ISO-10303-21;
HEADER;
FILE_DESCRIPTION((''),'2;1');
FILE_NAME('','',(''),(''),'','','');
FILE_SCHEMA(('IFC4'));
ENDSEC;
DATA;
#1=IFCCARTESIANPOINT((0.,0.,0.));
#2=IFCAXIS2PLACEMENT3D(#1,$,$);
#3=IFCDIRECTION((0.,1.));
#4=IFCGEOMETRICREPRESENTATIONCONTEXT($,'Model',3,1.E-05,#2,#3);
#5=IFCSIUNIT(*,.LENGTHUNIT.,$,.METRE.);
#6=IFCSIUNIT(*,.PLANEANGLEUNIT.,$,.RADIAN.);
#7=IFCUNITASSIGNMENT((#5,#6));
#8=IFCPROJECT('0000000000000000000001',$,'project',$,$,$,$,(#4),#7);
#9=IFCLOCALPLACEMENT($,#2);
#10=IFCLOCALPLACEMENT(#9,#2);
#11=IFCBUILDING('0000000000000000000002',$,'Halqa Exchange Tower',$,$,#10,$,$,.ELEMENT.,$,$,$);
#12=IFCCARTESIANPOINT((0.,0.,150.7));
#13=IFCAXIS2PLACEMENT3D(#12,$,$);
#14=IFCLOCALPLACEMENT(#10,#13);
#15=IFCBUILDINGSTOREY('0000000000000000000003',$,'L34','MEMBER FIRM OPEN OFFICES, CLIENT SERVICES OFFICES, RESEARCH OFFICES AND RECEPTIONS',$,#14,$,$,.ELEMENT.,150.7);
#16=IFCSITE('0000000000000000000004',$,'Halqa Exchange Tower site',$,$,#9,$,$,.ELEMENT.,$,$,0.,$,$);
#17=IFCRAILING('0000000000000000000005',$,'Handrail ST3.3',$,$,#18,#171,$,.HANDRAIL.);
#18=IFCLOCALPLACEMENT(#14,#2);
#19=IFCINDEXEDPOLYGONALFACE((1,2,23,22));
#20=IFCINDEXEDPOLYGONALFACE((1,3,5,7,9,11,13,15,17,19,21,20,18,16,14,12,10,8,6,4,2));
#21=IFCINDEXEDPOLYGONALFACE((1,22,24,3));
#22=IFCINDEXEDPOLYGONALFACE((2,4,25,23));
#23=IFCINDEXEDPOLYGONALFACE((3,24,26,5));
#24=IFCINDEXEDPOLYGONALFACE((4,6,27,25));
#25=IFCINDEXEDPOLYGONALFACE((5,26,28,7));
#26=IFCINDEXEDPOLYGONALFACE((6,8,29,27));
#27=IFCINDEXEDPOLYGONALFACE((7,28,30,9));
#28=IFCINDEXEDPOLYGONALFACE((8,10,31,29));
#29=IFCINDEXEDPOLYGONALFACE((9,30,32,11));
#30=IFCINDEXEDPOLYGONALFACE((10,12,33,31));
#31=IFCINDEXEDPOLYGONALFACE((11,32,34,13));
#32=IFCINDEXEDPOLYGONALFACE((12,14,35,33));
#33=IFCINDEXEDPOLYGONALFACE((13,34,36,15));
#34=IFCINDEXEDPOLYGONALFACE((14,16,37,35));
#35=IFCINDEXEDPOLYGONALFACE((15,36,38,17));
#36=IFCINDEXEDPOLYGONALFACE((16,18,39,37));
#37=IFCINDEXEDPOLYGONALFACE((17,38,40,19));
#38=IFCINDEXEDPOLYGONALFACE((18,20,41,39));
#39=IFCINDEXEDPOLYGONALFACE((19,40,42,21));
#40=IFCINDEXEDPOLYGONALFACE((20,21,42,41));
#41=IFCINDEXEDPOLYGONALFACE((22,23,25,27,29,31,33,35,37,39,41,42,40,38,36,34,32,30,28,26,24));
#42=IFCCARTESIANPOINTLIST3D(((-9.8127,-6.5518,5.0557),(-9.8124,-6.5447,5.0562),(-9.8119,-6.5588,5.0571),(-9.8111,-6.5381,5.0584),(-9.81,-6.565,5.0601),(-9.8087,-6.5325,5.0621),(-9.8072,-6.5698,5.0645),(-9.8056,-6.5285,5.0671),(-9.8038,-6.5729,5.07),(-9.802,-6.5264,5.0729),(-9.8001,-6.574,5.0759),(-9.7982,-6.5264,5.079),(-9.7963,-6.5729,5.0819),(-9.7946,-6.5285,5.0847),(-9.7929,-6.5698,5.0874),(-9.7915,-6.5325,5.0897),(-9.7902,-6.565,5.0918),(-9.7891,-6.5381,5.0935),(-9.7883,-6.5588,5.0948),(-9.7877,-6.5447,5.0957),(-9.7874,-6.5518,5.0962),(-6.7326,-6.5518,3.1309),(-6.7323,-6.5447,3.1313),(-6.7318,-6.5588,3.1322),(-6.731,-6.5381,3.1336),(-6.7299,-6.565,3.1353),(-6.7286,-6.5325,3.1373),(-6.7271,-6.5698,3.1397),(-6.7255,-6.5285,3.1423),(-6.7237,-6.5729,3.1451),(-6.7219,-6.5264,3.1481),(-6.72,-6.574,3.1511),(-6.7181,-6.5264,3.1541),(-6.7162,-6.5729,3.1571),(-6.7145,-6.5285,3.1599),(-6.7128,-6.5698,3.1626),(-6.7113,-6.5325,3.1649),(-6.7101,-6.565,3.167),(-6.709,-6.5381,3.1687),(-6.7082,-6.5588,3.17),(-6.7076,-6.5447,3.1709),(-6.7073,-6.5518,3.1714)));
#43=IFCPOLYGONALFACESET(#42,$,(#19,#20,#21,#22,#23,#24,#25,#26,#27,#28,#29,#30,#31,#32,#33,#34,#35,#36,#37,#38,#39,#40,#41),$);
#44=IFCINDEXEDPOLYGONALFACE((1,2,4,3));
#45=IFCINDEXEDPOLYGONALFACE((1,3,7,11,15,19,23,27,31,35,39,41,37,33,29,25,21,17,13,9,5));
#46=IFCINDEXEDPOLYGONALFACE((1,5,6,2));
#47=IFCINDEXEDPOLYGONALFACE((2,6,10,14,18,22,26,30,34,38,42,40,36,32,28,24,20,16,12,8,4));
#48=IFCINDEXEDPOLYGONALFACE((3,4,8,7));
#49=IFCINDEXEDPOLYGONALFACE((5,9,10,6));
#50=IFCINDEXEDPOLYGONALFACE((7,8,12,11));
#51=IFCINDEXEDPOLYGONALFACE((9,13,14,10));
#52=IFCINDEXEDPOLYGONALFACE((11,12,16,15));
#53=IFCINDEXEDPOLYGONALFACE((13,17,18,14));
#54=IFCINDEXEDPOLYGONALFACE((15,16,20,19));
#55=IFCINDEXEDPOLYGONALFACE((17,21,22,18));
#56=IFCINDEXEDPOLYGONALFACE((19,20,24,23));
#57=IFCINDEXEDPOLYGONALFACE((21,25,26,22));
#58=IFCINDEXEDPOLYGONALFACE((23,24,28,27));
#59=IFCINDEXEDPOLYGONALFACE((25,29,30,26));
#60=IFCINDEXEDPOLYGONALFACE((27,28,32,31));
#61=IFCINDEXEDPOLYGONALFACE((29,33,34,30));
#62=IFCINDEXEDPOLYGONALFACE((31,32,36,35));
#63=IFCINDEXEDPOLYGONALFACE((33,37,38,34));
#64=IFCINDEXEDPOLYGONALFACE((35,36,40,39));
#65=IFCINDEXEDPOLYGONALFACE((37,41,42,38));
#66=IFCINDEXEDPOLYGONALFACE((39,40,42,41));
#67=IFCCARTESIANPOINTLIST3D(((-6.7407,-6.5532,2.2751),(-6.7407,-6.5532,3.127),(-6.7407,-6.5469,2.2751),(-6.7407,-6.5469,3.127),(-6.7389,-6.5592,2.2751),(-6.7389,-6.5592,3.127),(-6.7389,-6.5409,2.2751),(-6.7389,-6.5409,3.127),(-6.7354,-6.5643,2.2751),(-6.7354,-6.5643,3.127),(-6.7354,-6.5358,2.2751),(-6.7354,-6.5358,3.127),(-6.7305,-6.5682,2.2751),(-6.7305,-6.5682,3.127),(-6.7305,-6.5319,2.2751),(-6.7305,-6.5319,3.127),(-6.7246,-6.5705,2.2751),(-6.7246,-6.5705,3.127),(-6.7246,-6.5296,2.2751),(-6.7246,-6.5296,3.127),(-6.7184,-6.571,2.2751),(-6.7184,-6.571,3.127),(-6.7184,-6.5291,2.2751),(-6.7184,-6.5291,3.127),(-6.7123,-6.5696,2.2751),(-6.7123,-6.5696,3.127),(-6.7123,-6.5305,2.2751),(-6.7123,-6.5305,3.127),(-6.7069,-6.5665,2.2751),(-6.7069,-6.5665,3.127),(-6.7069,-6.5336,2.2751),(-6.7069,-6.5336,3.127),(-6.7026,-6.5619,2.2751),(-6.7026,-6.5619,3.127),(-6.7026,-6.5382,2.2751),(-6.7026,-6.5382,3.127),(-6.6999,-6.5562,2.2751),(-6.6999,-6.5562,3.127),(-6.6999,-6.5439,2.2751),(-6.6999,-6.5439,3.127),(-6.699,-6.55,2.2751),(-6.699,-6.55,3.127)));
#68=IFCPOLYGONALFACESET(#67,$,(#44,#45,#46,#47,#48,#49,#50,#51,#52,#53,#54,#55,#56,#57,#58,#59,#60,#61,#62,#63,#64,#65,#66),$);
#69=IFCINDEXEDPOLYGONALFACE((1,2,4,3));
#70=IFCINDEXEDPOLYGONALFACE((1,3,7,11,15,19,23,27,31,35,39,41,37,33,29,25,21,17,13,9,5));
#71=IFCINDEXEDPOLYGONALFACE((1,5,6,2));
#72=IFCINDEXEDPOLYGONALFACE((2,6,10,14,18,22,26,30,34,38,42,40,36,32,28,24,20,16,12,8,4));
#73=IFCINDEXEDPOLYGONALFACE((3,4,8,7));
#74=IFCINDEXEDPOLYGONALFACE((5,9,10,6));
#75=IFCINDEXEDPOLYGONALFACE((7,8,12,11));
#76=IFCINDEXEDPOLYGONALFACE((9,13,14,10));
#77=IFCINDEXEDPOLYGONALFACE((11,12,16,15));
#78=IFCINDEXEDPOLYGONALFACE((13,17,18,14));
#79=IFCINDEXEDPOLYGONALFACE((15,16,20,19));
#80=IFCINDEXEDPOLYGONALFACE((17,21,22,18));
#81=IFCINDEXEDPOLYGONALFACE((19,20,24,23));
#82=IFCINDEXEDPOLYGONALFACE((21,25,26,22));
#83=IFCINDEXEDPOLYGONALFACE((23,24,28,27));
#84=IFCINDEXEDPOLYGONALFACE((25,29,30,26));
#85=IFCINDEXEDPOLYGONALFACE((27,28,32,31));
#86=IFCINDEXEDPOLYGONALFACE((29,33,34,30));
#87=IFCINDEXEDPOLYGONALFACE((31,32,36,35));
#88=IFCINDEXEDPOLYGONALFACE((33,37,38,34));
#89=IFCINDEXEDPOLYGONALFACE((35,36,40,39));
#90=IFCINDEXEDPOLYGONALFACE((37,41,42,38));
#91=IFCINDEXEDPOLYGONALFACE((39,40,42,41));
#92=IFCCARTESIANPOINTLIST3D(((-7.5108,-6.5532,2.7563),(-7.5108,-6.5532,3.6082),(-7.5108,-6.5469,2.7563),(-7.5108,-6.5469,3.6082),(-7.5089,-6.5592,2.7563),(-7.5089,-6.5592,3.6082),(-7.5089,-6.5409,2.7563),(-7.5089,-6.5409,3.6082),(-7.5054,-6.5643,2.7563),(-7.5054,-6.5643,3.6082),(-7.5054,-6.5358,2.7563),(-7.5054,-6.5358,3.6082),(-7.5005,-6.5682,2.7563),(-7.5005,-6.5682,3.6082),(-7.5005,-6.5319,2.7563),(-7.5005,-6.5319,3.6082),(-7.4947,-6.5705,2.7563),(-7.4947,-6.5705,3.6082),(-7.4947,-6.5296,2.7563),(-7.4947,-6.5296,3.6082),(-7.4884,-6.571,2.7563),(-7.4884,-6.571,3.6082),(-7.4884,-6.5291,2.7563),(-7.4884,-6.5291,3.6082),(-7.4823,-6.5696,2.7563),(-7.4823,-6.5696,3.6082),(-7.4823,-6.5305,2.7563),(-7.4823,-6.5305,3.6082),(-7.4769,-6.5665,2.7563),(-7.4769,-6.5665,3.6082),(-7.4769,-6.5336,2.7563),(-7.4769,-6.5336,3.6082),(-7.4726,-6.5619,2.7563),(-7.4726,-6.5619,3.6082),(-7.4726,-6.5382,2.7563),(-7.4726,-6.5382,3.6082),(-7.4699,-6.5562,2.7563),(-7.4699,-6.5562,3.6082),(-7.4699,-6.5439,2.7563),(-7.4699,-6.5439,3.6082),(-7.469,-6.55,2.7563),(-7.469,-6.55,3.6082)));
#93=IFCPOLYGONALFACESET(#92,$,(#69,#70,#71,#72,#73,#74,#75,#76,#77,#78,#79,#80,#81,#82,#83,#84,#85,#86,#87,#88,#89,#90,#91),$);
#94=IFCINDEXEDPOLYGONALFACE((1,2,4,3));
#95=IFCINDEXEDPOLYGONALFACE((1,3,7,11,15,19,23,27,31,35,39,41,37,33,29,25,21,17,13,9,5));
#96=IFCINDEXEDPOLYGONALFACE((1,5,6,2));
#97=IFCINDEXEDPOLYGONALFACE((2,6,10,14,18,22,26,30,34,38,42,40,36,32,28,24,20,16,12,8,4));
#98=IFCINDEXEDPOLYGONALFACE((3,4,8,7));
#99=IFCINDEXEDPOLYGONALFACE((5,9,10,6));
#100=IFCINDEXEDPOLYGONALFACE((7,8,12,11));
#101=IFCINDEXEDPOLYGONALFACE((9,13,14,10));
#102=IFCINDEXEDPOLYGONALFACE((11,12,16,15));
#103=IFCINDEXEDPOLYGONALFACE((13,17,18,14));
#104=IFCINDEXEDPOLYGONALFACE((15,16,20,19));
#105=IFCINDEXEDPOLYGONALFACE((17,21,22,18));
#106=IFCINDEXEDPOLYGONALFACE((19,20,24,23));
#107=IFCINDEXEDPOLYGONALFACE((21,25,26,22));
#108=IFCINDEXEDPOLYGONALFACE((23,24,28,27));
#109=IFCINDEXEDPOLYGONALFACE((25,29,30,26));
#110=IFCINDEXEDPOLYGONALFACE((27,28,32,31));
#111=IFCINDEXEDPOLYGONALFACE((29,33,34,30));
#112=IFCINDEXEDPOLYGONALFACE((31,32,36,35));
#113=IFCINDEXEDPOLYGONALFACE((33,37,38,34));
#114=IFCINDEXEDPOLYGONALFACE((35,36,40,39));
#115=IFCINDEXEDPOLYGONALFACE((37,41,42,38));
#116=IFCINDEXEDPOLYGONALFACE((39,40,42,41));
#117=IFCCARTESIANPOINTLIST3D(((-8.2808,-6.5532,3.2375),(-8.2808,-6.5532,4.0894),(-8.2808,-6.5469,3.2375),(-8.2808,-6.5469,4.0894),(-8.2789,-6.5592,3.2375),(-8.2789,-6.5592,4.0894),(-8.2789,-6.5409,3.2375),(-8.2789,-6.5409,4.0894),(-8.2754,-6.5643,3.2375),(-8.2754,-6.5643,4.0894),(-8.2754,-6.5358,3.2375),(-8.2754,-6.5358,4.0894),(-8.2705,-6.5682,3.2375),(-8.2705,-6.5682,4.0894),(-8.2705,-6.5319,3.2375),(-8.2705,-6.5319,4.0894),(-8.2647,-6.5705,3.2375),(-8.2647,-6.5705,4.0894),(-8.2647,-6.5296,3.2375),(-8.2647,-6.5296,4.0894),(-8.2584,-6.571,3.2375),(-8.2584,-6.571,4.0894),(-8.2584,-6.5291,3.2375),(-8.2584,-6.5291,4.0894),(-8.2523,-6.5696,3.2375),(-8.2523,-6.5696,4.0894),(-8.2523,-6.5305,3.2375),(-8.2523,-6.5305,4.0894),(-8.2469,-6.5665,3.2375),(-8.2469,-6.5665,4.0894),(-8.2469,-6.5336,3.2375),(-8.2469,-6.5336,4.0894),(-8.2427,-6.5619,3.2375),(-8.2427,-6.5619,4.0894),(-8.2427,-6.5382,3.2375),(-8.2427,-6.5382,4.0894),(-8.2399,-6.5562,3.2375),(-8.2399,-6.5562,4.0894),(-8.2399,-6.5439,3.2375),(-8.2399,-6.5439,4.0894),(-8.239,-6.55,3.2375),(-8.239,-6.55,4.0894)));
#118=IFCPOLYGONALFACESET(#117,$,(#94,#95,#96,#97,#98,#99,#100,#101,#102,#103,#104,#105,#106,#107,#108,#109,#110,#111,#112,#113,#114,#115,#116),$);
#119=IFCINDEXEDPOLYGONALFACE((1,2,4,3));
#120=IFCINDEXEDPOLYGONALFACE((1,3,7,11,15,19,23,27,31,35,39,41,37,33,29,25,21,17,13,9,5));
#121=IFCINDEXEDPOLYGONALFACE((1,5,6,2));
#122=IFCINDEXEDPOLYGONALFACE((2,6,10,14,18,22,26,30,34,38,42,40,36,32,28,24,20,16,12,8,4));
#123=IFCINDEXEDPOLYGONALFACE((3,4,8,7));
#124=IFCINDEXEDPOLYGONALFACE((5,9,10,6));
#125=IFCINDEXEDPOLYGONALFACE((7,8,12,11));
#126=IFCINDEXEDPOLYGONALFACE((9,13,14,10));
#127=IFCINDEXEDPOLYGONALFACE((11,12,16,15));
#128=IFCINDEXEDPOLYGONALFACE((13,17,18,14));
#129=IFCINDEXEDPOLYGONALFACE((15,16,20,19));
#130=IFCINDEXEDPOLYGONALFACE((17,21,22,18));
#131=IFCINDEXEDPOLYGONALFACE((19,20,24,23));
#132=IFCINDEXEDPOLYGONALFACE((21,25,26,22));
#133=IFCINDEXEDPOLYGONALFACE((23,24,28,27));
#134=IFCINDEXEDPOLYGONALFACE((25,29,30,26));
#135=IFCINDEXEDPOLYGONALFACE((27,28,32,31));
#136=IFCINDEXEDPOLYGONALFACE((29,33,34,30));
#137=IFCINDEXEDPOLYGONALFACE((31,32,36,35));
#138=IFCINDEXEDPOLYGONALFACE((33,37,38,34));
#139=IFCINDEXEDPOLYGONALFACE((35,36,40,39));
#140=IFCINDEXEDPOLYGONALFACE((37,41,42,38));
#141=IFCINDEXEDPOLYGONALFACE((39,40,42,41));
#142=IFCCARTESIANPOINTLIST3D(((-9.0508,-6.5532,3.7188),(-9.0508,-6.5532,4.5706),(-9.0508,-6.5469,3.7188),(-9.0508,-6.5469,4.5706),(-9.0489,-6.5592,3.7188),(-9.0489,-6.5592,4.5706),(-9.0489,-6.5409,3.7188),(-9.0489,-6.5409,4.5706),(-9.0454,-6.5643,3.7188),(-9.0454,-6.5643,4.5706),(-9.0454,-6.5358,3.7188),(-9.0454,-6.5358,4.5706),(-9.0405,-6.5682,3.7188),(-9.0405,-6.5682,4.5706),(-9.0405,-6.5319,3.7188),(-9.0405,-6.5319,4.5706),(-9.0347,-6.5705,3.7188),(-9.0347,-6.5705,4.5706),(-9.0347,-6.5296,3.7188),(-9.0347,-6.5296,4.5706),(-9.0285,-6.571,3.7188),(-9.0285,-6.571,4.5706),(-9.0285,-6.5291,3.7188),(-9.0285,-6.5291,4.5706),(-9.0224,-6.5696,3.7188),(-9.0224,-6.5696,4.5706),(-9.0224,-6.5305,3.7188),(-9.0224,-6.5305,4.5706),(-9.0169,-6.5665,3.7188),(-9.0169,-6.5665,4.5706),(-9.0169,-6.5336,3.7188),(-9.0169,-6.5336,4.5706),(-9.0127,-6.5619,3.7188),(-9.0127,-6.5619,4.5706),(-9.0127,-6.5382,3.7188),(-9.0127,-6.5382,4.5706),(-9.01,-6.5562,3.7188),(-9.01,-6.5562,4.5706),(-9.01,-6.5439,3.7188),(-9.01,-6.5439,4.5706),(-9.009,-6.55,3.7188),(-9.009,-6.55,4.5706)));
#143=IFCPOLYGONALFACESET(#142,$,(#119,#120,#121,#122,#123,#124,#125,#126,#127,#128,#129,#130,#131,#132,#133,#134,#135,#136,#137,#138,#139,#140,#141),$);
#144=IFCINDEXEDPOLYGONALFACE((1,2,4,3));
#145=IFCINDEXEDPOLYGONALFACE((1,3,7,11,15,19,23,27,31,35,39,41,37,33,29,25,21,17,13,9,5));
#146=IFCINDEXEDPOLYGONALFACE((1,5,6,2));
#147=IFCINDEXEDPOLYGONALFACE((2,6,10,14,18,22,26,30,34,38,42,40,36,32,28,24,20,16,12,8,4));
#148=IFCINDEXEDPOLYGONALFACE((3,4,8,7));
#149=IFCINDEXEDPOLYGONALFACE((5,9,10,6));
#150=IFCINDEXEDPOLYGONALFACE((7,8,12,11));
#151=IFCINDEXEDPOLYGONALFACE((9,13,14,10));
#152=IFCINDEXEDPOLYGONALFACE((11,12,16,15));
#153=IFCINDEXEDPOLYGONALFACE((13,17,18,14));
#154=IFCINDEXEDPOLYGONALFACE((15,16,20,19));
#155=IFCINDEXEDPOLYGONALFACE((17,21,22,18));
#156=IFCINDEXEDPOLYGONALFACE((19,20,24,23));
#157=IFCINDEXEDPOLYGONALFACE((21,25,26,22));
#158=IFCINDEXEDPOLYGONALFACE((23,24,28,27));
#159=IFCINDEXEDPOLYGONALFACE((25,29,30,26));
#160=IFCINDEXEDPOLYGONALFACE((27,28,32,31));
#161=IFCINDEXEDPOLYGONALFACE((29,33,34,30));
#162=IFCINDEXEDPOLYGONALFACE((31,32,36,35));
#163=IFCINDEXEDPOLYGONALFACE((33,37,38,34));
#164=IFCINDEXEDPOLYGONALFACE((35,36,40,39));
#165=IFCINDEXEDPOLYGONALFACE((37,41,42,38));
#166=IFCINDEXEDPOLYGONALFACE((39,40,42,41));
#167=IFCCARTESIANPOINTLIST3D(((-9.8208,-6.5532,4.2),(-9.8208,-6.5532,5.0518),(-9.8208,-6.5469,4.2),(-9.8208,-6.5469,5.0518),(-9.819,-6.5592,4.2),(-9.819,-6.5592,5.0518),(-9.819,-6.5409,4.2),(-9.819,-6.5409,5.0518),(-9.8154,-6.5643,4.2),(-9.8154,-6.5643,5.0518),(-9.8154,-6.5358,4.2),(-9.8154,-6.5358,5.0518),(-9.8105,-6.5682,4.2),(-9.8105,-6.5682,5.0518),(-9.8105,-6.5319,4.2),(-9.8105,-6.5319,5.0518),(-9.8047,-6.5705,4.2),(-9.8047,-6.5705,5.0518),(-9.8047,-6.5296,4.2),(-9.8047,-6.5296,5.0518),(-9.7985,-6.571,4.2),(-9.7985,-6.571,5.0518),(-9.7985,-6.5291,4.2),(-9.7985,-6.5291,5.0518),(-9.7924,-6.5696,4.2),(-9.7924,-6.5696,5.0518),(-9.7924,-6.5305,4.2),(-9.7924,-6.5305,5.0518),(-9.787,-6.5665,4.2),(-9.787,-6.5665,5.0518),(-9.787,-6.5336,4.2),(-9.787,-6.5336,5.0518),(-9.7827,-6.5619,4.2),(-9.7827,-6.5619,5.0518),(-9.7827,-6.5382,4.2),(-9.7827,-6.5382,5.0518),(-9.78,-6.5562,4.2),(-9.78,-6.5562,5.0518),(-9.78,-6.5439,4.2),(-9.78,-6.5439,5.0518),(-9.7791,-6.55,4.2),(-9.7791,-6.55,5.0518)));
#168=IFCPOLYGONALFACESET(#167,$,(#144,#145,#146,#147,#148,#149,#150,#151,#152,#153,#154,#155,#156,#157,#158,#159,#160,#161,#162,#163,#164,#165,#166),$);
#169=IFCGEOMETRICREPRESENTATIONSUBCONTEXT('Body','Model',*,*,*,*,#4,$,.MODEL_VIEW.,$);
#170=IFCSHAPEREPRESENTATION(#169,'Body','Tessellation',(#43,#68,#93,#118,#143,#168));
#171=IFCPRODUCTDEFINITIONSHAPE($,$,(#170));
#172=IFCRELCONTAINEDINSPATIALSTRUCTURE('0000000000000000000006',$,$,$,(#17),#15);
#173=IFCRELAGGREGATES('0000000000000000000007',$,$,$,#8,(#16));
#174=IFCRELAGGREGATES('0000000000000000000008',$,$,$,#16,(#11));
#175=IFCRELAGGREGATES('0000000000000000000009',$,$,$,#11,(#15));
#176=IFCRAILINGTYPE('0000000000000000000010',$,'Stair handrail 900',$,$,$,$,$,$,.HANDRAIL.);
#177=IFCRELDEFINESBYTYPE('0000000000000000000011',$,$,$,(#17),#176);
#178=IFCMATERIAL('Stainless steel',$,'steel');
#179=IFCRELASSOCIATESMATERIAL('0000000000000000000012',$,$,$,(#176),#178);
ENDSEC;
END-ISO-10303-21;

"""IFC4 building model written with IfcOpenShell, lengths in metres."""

from ifc_helpers import new_model, si_unit, direction, frame, origin, origin_2d, place, context, subcontext, project, spatial, circle, extrude, material, type_object, element, save


model = new_model("IFC4")

# Units and contexts
model_context = context("Model", 3, precision=1e-05, world=origin(), true_north=direction((0.0, 1.0)))
body_context = subcontext(model_context, "Body", "Model", "MODEL_VIEW")
ifc_project = project(units=[si_unit("LENGTHUNIT", "METRE"), si_unit("PLANEANGLEUNIT", "RADIAN")], contexts=[model_context])

# Site, building, storey
site_placement = place(None, origin())
site = spatial("IfcSite", under=ifc_project, at=site_placement, Name="Halqa Exchange Tower site", CompositionType="ELEMENT", RefElevation=0.0)
building_placement = place(site_placement, origin())
building = spatial("IfcBuilding", under=site, at=building_placement, Name="Halqa Exchange Tower", CompositionType="ELEMENT")
storey_placement = place(building_placement, frame((0.0, 0.0, 150.7)))
storey = spatial("IfcBuildingStorey", under=building, at=storey_placement, Name="L34", Description="MEMBER FIRM OPEN OFFICES, CLIENT SERVICES OFFICES, RESEARCH OFFICES AND RECEPTIONS", CompositionType="ELEMENT", Elevation=150.7)

# Shared definitions
ifc_material_1 = material(Name="Stainless steel", Category="steel")

# Railing
railing_type_1 = type_object("IfcRailingType", Name="Stair handrail 900", PredefinedType="HANDRAIL", material=ifc_material_1)
railing_1_placement = place(storey_placement, frame((-6.72, -6.55, 2.2751)))
element("IfcRailing", 1, at=railing_1_placement, inside=storey, type_object=railing_type_1, Name="Handrail ST3.3", PredefinedType="HANDRAIL", context=body_context, shape_type="SweptSolid", body=[
    extrude(circle(Radius=0.0239, at=origin_2d()), frame((0.0, 0.0, 0.876), z_axis=(-0.848029, 0.0, 0.529951), x_axis=(0.0, -1.0, 0.0)), (0.0, 0.0, 1.0), 3.6321),
    extrude(circle(Radius=0.021, at=origin_2d()), origin(), (0.0, 0.0, 1.0), 0.8518),
    extrude(circle(Radius=0.021, at=origin_2d()), frame((-0.77, 0.0, 0.4812)), (0.0, 0.0, 1.0), 0.8518),
    extrude(circle(Radius=0.021, at=origin_2d()), frame((-1.54, 0.0, 0.9624)), (0.0, 0.0, 1.0), 0.8518),
    extrude(circle(Radius=0.021, at=origin_2d()), frame((-2.3101, 0.0, 1.4436)), (0.0, 0.0, 1.0), 0.8518),
    extrude(circle(Radius=0.021, at=origin_2d()), frame((-3.0801, 0.0, 1.9248)), (0.0, 0.0, 1.0), 0.8518),
])

save(model, "model.ifc")
